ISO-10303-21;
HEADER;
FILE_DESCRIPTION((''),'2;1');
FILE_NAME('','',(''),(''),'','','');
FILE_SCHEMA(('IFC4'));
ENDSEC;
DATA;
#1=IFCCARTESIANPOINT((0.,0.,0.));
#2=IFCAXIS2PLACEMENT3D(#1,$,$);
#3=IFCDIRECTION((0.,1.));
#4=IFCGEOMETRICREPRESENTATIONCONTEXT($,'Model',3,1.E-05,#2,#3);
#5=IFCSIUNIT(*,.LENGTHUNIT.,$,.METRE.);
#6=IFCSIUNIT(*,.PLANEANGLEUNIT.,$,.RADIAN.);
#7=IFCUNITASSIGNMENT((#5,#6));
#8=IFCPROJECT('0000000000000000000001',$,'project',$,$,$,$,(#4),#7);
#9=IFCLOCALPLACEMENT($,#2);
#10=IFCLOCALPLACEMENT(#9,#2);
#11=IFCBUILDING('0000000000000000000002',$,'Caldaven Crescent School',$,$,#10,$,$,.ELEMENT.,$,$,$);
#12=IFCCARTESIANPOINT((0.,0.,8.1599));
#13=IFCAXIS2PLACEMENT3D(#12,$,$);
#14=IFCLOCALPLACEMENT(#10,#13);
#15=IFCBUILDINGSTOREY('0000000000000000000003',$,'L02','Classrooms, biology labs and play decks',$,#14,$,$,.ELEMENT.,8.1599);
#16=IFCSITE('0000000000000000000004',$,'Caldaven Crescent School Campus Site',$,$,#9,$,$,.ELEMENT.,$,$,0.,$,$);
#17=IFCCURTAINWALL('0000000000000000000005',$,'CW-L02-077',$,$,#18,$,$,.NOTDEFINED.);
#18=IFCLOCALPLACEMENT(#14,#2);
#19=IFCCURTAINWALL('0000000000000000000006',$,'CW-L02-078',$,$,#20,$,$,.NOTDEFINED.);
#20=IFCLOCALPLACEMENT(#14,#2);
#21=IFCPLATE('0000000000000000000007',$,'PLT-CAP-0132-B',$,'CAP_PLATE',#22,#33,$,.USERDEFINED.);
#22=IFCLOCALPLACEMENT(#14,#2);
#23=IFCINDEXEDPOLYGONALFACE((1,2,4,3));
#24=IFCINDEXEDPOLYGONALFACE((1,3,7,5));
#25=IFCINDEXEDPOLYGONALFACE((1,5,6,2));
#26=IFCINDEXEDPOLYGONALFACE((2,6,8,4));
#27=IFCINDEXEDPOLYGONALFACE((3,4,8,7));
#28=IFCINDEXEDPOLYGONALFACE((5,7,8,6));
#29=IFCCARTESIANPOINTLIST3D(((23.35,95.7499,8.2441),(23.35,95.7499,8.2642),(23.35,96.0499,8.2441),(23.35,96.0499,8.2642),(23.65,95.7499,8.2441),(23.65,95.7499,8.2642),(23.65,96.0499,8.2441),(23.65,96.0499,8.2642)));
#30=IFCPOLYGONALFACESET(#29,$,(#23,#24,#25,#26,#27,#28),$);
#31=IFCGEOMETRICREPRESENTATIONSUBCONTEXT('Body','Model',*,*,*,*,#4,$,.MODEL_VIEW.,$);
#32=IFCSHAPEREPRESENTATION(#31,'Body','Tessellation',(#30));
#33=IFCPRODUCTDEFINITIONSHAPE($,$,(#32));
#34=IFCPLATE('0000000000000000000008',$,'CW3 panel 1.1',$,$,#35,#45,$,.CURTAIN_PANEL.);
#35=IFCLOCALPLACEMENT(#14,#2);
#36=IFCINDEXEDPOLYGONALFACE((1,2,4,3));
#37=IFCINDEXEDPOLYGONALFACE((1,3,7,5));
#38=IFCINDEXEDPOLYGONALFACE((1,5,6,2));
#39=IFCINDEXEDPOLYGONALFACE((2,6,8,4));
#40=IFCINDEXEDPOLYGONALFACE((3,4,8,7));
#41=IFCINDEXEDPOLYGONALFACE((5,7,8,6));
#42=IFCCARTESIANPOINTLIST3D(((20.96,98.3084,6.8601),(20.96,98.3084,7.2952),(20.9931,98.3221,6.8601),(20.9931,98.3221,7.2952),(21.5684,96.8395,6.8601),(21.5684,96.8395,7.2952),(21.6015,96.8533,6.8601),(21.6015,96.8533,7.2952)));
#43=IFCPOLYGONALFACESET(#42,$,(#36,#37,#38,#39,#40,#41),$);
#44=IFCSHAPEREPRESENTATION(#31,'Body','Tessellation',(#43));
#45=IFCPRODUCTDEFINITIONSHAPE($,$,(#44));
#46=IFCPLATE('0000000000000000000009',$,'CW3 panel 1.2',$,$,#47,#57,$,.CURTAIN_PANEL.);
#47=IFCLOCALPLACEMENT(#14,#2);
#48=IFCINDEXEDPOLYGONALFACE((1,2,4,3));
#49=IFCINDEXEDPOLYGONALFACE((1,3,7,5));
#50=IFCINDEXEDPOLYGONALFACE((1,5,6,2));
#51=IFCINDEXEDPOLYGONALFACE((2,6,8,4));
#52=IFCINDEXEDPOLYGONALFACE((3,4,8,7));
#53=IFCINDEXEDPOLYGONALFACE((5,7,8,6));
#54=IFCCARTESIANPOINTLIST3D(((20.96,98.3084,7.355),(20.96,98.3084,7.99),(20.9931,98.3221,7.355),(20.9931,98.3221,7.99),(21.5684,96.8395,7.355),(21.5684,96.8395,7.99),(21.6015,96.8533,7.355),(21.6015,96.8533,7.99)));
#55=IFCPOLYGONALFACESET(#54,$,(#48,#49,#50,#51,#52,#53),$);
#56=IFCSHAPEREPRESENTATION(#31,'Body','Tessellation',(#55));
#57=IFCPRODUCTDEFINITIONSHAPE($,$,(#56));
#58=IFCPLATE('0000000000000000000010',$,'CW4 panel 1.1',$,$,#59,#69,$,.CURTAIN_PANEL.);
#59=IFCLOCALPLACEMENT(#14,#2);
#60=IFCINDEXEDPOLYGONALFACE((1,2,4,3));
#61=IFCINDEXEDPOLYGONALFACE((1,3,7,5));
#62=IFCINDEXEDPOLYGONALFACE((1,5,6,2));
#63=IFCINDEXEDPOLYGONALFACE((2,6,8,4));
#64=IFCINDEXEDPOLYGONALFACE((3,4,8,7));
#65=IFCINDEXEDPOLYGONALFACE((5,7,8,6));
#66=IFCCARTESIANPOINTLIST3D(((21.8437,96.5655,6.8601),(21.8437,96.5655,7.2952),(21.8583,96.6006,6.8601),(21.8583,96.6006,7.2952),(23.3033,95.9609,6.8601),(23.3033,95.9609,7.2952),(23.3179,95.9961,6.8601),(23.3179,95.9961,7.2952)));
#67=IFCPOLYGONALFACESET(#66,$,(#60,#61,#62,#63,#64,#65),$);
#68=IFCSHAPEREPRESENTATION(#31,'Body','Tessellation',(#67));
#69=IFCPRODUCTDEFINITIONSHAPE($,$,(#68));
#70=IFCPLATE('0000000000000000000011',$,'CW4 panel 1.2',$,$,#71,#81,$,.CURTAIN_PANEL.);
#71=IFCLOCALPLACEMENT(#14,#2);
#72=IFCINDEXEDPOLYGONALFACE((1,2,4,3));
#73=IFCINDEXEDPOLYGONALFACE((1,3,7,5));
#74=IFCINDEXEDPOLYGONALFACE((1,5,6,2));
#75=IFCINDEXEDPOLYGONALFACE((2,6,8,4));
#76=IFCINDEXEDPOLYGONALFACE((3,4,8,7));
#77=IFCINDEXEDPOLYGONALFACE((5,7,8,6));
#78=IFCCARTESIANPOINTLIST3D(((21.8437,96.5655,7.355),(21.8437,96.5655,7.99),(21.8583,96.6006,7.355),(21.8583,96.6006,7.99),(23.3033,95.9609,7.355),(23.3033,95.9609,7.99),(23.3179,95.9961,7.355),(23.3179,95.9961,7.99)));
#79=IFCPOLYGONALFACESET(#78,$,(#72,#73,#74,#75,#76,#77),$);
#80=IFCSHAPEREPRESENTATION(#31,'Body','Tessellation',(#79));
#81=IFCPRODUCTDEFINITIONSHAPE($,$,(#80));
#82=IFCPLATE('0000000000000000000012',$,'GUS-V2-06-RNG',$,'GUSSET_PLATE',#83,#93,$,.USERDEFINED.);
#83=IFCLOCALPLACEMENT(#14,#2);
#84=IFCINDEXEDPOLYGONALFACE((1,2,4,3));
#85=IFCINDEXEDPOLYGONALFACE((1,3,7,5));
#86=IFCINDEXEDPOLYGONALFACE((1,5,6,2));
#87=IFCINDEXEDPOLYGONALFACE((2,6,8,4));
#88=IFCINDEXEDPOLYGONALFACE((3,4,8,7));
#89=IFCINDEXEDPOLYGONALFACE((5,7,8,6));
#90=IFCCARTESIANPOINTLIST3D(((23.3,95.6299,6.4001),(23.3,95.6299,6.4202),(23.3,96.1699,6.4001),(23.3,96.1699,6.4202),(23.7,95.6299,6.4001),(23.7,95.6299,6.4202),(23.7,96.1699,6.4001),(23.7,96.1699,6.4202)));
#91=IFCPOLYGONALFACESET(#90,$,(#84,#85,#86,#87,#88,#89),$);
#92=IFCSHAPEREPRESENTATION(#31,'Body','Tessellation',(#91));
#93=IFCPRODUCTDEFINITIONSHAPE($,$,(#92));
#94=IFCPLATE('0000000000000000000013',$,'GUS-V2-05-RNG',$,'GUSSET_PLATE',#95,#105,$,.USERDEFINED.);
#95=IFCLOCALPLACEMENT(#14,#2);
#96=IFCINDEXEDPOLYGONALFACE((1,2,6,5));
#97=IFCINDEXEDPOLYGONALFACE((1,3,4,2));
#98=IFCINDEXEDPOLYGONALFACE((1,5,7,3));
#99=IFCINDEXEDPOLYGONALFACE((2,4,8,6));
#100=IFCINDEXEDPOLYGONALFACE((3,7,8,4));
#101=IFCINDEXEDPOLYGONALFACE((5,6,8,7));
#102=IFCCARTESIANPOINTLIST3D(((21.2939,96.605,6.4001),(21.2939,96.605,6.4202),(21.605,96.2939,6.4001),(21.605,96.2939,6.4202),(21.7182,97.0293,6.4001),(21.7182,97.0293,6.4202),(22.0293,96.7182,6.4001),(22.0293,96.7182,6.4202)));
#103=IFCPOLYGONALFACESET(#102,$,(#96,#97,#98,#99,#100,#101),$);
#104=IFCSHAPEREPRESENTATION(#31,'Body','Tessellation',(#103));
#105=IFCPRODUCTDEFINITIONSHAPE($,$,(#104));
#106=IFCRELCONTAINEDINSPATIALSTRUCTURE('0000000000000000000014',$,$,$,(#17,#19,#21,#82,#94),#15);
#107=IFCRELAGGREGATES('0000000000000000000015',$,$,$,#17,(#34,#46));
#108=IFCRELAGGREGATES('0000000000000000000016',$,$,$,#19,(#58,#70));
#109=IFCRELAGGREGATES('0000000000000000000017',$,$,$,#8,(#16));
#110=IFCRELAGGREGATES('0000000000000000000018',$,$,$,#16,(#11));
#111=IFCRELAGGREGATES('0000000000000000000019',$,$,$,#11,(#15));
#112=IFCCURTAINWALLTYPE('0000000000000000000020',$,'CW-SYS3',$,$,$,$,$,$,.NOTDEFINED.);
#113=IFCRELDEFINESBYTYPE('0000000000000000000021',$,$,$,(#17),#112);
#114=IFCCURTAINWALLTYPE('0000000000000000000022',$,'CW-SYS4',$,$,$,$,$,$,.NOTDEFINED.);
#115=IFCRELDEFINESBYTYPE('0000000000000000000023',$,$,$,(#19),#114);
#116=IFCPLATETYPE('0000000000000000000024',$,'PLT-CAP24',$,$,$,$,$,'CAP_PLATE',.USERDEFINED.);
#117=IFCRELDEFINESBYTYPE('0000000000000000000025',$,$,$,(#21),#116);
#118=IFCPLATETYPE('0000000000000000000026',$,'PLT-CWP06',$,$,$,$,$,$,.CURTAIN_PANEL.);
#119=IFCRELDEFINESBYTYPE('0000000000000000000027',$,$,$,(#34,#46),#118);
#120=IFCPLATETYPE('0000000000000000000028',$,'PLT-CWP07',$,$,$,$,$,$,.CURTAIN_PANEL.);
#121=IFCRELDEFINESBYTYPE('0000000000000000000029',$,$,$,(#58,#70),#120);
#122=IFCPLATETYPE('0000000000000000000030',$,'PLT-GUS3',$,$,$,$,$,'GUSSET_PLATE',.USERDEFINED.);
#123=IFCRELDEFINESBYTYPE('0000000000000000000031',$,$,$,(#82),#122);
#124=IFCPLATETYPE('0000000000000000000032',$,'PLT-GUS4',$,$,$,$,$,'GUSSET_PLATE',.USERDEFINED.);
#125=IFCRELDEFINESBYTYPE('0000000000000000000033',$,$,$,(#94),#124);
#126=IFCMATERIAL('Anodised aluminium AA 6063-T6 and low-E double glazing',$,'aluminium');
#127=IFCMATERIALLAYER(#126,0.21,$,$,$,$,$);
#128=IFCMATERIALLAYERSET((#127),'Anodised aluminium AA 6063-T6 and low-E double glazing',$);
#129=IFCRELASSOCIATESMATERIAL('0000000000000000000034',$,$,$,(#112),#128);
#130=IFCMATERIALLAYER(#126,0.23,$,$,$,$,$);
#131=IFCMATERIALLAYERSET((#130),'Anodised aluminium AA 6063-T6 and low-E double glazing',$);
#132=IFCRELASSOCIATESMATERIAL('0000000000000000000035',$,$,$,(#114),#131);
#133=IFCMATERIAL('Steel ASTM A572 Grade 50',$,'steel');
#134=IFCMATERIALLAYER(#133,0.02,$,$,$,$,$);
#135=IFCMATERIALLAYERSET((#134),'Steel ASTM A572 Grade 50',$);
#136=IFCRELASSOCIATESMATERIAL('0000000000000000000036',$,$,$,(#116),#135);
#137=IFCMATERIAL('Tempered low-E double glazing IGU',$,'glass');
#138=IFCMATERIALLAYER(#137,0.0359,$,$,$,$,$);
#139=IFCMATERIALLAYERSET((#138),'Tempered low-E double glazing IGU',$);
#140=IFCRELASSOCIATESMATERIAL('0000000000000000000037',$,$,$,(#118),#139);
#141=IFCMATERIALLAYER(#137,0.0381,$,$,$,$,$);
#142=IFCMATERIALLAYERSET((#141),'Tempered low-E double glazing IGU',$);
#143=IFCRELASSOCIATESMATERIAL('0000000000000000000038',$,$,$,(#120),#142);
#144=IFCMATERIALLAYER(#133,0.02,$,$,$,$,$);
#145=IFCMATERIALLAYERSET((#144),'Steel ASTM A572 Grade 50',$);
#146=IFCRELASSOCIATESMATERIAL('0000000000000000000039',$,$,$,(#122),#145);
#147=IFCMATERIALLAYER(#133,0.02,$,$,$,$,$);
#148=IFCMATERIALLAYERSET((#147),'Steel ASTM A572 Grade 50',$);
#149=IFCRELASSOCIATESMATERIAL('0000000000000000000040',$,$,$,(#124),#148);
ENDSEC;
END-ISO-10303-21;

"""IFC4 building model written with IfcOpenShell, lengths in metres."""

from ifc_helpers import new_model, si_unit, direction, frame, origin, origin_2d, place, context, subcontext, project, spatial, rectangle, extrude, material, layer, layer_set, type_object, element, aggregate, save


model = new_model("IFC4")

# Units and contexts
model_context = context("Model", 3, precision=1e-05, world=origin(), true_north=direction((0.0, 1.0)))
body_context = subcontext(model_context, "Body", "Model", "MODEL_VIEW")
ifc_project = project(units=[si_unit("LENGTHUNIT", "METRE"), si_unit("PLANEANGLEUNIT", "RADIAN")], contexts=[model_context])

# Site, building, storey
site_placement = place(None, origin())
site = spatial("IfcSite", under=ifc_project, at=site_placement, Name="Caldaven Crescent School Campus Site", CompositionType="ELEMENT", RefElevation=0.0)
building_placement = place(site_placement, origin())
building = spatial("IfcBuilding", under=site, at=building_placement, Name="Caldaven Crescent School", CompositionType="ELEMENT")
storey_placement = place(building_placement, frame((0.0, 0.0, 8.1599)))
storey = spatial("IfcBuildingStorey", under=building, at=storey_placement, Name="L02", Description="Classrooms, biology labs and play decks", CompositionType="ELEMENT", Elevation=8.1599)

# Shared definitions
ifc_material_1 = material(Name="Steel ASTM A572 Grade 50", Category="steel")

# Curtain walls
ifc_material_2 = material(Name="Anodised aluminium AA 6063-T6 and low-E double glazing", Category="aluminium")
ifc_layer_1 = layer(ifc_material_2, 0.21)
ifc_layer_set_1 = layer_set([ifc_layer_1], Name="Anodised aluminium AA 6063-T6 and low-E double glazing")
curtain_wall_type_1 = type_object("IfcCurtainWallType", Name="CW-SYS3", PredefinedType="NOTDEFINED", material=ifc_layer_set_1)
curtain_wall_1_placement = place(storey_placement, origin())
curtain_wall_1 = element("IfcCurtainWall", 1, at=curtain_wall_1_placement, inside=storey, type_object=curtain_wall_type_1, Name="CW-L02-077", PredefinedType="NOTDEFINED")
ifc_layer_2 = layer(ifc_material_2, 0.23)
ifc_layer_set_2 = layer_set([ifc_layer_2], Name="Anodised aluminium AA 6063-T6 and low-E double glazing")
curtain_wall_type_2 = type_object("IfcCurtainWallType", Name="CW-SYS4", PredefinedType="NOTDEFINED", material=ifc_layer_set_2)
curtain_wall_2_placement = place(storey_placement, origin())
curtain_wall_2 = element("IfcCurtainWall", 2, at=curtain_wall_2_placement, inside=storey, type_object=curtain_wall_type_2, Name="CW-L02-078", PredefinedType="NOTDEFINED")

# Plate
ifc_layer_3 = layer(ifc_material_1, 0.02)
ifc_layer_set_3 = layer_set([ifc_layer_3], Name="Steel ASTM A572 Grade 50")
plate_type_1 = type_object("IfcPlateType", Name="PLT-CAP24", ElementType="CAP_PLATE", PredefinedType="USERDEFINED", material=ifc_layer_set_3)
for number, where, z_axis, x_axis, name in (
    (3, (23.5, 95.8999, 8.2441), (0.0, 0.0, 1.0), (1.0, 0.0, 0.0), "PLT-CAP-0132-B"),
):
    element("IfcPlate", number, at=place(storey_placement, frame(where, z_axis=z_axis, x_axis=x_axis)), inside=storey, type_object=plate_type_1, Name=name, ObjectType="CAP_PLATE", PredefinedType="USERDEFINED", context=body_context, shape_type="SweptSolid", body=[
        extrude(rectangle(XDim=0.3, YDim=0.3, at=origin_2d()), origin(), (0.0, 0.0, 1.0), 0.02),
    ])

# Plates
ifc_material_3 = material(Name="Tempered low-E double glazing IGU", Category="glass")
ifc_layer_4 = layer(ifc_material_3, 0.0359)
ifc_layer_set_4 = layer_set([ifc_layer_4], Name="Tempered low-E double glazing IGU")
plate_type_2 = type_object("IfcPlateType", Name="PLT-CWP06", PredefinedType="CURTAIN_PANEL", material=ifc_layer_set_4)
plate_1_placement = place(storey_placement, frame((21.2808, 97.5808, 6.8601), z_axis=(0.0, 0.0, 1.0), x_axis=(0.382683, -0.92388, 0.0)))
plate_1 = element("IfcPlate", 4, at=plate_1_placement, type_object=plate_type_2, Name="CW3 panel 1.1", PredefinedType="CURTAIN_PANEL", context=body_context, shape_type="SweptSolid", body=[
    extrude(rectangle(XDim=1.5898, YDim=0.0359, at=origin_2d()), origin(), (0.0, 0.0, 1.0), 0.4351),
])
plate_2_placement = place(storey_placement, frame((21.2808, 97.5808, 7.355), z_axis=(0.0, 0.0, 1.0), x_axis=(0.382683, -0.92388, 0.0)))
plate_2 = element("IfcPlate", 5, at=plate_2_placement, type_object=plate_type_2, Name="CW3 panel 1.2", PredefinedType="CURTAIN_PANEL", context=body_context, shape_type="SweptSolid", body=[
    extrude(rectangle(XDim=1.5898, YDim=0.0359, at=origin_2d()), origin(), (0.0, 0.0, 1.0), 0.635),
])
aggregate(curtain_wall_1, [plate_1, plate_2])
ifc_layer_5 = layer(ifc_material_3, 0.0381)
ifc_layer_set_5 = layer_set([ifc_layer_5], Name="Tempered low-E double glazing IGU")
plate_type_3 = type_object("IfcPlateType", Name="PLT-CWP07", PredefinedType="CURTAIN_PANEL", material=ifc_layer_set_5)
plate_3_placement = place(storey_placement, frame((22.5808, 96.2808, 6.8601), z_axis=(0.0, 0.0, 1.0), x_axis=(0.92388, -0.382683, 0.0)))
plate_3 = element("IfcPlate", 6, at=plate_3_placement, type_object=plate_type_3, Name="CW4 panel 1.1", PredefinedType="CURTAIN_PANEL", context=body_context, shape_type="SweptSolid", body=[
    extrude(rectangle(XDim=1.5798, YDim=0.0381, at=origin_2d()), origin(), (0.0, 0.0, 1.0), 0.4351),
])
plate_4_placement = place(storey_placement, frame((22.5808, 96.2808, 7.355), z_axis=(0.0, 0.0, 1.0), x_axis=(0.92388, -0.382683, 0.0)))
plate_4 = element("IfcPlate", 7, at=plate_4_placement, type_object=plate_type_3, Name="CW4 panel 1.2", PredefinedType="CURTAIN_PANEL", context=body_context, shape_type="SweptSolid", body=[
    extrude(rectangle(XDim=1.5798, YDim=0.0381, at=origin_2d()), origin(), (0.0, 0.0, 1.0), 0.635),
])
aggregate(curtain_wall_2, [plate_3, plate_4])

# Plates
ifc_layer_6 = layer(ifc_material_1, 0.02)
ifc_layer_set_6 = layer_set([ifc_layer_6], Name="Steel ASTM A572 Grade 50")
plate_type_4 = type_object("IfcPlateType", Name="PLT-GUS3", ElementType="GUSSET_PLATE", PredefinedType="USERDEFINED", material=ifc_layer_set_6)
plate_5_placement = place(storey_placement, frame((23.5, 95.8999, 6.4001), z_axis=(0.0, 0.0, 1.0), x_axis=(0.0, -1.0, 0.0)))
element("IfcPlate", 8, at=plate_5_placement, inside=storey, type_object=plate_type_4, Name="GUS-V2-06-RNG", ObjectType="GUSSET_PLATE", PredefinedType="USERDEFINED", context=body_context, shape_type="SweptSolid", body=[
    extrude(rectangle(XDim=0.54, YDim=0.3999, at=origin_2d()), origin(), (0.0, 0.0, 1.0), 0.02),
])
ifc_layer_7 = layer(ifc_material_1, 0.02)
ifc_layer_set_7 = layer_set([ifc_layer_7], Name="Steel ASTM A572 Grade 50")
plate_type_5 = type_object("IfcPlateType", Name="PLT-GUS4", ElementType="GUSSET_PLATE", PredefinedType="USERDEFINED", material=ifc_layer_set_7)
plate_6_placement = place(storey_placement, frame((21.6616, 96.6616, 6.4001), z_axis=(0.0, 0.0, 1.0), x_axis=(-0.707107, -0.707107, 0.0)))
element("IfcPlate", 9, at=plate_6_placement, inside=storey, type_object=plate_type_5, Name="GUS-V2-05-RNG", ObjectType="GUSSET_PLATE", PredefinedType="USERDEFINED", context=body_context, shape_type="SweptSolid", body=[
    extrude(rectangle(XDim=0.6001, YDim=0.4399, at=origin_2d()), origin(), (0.0, 0.0, 1.0), 0.02),
])

save(model, "model.ifc")
